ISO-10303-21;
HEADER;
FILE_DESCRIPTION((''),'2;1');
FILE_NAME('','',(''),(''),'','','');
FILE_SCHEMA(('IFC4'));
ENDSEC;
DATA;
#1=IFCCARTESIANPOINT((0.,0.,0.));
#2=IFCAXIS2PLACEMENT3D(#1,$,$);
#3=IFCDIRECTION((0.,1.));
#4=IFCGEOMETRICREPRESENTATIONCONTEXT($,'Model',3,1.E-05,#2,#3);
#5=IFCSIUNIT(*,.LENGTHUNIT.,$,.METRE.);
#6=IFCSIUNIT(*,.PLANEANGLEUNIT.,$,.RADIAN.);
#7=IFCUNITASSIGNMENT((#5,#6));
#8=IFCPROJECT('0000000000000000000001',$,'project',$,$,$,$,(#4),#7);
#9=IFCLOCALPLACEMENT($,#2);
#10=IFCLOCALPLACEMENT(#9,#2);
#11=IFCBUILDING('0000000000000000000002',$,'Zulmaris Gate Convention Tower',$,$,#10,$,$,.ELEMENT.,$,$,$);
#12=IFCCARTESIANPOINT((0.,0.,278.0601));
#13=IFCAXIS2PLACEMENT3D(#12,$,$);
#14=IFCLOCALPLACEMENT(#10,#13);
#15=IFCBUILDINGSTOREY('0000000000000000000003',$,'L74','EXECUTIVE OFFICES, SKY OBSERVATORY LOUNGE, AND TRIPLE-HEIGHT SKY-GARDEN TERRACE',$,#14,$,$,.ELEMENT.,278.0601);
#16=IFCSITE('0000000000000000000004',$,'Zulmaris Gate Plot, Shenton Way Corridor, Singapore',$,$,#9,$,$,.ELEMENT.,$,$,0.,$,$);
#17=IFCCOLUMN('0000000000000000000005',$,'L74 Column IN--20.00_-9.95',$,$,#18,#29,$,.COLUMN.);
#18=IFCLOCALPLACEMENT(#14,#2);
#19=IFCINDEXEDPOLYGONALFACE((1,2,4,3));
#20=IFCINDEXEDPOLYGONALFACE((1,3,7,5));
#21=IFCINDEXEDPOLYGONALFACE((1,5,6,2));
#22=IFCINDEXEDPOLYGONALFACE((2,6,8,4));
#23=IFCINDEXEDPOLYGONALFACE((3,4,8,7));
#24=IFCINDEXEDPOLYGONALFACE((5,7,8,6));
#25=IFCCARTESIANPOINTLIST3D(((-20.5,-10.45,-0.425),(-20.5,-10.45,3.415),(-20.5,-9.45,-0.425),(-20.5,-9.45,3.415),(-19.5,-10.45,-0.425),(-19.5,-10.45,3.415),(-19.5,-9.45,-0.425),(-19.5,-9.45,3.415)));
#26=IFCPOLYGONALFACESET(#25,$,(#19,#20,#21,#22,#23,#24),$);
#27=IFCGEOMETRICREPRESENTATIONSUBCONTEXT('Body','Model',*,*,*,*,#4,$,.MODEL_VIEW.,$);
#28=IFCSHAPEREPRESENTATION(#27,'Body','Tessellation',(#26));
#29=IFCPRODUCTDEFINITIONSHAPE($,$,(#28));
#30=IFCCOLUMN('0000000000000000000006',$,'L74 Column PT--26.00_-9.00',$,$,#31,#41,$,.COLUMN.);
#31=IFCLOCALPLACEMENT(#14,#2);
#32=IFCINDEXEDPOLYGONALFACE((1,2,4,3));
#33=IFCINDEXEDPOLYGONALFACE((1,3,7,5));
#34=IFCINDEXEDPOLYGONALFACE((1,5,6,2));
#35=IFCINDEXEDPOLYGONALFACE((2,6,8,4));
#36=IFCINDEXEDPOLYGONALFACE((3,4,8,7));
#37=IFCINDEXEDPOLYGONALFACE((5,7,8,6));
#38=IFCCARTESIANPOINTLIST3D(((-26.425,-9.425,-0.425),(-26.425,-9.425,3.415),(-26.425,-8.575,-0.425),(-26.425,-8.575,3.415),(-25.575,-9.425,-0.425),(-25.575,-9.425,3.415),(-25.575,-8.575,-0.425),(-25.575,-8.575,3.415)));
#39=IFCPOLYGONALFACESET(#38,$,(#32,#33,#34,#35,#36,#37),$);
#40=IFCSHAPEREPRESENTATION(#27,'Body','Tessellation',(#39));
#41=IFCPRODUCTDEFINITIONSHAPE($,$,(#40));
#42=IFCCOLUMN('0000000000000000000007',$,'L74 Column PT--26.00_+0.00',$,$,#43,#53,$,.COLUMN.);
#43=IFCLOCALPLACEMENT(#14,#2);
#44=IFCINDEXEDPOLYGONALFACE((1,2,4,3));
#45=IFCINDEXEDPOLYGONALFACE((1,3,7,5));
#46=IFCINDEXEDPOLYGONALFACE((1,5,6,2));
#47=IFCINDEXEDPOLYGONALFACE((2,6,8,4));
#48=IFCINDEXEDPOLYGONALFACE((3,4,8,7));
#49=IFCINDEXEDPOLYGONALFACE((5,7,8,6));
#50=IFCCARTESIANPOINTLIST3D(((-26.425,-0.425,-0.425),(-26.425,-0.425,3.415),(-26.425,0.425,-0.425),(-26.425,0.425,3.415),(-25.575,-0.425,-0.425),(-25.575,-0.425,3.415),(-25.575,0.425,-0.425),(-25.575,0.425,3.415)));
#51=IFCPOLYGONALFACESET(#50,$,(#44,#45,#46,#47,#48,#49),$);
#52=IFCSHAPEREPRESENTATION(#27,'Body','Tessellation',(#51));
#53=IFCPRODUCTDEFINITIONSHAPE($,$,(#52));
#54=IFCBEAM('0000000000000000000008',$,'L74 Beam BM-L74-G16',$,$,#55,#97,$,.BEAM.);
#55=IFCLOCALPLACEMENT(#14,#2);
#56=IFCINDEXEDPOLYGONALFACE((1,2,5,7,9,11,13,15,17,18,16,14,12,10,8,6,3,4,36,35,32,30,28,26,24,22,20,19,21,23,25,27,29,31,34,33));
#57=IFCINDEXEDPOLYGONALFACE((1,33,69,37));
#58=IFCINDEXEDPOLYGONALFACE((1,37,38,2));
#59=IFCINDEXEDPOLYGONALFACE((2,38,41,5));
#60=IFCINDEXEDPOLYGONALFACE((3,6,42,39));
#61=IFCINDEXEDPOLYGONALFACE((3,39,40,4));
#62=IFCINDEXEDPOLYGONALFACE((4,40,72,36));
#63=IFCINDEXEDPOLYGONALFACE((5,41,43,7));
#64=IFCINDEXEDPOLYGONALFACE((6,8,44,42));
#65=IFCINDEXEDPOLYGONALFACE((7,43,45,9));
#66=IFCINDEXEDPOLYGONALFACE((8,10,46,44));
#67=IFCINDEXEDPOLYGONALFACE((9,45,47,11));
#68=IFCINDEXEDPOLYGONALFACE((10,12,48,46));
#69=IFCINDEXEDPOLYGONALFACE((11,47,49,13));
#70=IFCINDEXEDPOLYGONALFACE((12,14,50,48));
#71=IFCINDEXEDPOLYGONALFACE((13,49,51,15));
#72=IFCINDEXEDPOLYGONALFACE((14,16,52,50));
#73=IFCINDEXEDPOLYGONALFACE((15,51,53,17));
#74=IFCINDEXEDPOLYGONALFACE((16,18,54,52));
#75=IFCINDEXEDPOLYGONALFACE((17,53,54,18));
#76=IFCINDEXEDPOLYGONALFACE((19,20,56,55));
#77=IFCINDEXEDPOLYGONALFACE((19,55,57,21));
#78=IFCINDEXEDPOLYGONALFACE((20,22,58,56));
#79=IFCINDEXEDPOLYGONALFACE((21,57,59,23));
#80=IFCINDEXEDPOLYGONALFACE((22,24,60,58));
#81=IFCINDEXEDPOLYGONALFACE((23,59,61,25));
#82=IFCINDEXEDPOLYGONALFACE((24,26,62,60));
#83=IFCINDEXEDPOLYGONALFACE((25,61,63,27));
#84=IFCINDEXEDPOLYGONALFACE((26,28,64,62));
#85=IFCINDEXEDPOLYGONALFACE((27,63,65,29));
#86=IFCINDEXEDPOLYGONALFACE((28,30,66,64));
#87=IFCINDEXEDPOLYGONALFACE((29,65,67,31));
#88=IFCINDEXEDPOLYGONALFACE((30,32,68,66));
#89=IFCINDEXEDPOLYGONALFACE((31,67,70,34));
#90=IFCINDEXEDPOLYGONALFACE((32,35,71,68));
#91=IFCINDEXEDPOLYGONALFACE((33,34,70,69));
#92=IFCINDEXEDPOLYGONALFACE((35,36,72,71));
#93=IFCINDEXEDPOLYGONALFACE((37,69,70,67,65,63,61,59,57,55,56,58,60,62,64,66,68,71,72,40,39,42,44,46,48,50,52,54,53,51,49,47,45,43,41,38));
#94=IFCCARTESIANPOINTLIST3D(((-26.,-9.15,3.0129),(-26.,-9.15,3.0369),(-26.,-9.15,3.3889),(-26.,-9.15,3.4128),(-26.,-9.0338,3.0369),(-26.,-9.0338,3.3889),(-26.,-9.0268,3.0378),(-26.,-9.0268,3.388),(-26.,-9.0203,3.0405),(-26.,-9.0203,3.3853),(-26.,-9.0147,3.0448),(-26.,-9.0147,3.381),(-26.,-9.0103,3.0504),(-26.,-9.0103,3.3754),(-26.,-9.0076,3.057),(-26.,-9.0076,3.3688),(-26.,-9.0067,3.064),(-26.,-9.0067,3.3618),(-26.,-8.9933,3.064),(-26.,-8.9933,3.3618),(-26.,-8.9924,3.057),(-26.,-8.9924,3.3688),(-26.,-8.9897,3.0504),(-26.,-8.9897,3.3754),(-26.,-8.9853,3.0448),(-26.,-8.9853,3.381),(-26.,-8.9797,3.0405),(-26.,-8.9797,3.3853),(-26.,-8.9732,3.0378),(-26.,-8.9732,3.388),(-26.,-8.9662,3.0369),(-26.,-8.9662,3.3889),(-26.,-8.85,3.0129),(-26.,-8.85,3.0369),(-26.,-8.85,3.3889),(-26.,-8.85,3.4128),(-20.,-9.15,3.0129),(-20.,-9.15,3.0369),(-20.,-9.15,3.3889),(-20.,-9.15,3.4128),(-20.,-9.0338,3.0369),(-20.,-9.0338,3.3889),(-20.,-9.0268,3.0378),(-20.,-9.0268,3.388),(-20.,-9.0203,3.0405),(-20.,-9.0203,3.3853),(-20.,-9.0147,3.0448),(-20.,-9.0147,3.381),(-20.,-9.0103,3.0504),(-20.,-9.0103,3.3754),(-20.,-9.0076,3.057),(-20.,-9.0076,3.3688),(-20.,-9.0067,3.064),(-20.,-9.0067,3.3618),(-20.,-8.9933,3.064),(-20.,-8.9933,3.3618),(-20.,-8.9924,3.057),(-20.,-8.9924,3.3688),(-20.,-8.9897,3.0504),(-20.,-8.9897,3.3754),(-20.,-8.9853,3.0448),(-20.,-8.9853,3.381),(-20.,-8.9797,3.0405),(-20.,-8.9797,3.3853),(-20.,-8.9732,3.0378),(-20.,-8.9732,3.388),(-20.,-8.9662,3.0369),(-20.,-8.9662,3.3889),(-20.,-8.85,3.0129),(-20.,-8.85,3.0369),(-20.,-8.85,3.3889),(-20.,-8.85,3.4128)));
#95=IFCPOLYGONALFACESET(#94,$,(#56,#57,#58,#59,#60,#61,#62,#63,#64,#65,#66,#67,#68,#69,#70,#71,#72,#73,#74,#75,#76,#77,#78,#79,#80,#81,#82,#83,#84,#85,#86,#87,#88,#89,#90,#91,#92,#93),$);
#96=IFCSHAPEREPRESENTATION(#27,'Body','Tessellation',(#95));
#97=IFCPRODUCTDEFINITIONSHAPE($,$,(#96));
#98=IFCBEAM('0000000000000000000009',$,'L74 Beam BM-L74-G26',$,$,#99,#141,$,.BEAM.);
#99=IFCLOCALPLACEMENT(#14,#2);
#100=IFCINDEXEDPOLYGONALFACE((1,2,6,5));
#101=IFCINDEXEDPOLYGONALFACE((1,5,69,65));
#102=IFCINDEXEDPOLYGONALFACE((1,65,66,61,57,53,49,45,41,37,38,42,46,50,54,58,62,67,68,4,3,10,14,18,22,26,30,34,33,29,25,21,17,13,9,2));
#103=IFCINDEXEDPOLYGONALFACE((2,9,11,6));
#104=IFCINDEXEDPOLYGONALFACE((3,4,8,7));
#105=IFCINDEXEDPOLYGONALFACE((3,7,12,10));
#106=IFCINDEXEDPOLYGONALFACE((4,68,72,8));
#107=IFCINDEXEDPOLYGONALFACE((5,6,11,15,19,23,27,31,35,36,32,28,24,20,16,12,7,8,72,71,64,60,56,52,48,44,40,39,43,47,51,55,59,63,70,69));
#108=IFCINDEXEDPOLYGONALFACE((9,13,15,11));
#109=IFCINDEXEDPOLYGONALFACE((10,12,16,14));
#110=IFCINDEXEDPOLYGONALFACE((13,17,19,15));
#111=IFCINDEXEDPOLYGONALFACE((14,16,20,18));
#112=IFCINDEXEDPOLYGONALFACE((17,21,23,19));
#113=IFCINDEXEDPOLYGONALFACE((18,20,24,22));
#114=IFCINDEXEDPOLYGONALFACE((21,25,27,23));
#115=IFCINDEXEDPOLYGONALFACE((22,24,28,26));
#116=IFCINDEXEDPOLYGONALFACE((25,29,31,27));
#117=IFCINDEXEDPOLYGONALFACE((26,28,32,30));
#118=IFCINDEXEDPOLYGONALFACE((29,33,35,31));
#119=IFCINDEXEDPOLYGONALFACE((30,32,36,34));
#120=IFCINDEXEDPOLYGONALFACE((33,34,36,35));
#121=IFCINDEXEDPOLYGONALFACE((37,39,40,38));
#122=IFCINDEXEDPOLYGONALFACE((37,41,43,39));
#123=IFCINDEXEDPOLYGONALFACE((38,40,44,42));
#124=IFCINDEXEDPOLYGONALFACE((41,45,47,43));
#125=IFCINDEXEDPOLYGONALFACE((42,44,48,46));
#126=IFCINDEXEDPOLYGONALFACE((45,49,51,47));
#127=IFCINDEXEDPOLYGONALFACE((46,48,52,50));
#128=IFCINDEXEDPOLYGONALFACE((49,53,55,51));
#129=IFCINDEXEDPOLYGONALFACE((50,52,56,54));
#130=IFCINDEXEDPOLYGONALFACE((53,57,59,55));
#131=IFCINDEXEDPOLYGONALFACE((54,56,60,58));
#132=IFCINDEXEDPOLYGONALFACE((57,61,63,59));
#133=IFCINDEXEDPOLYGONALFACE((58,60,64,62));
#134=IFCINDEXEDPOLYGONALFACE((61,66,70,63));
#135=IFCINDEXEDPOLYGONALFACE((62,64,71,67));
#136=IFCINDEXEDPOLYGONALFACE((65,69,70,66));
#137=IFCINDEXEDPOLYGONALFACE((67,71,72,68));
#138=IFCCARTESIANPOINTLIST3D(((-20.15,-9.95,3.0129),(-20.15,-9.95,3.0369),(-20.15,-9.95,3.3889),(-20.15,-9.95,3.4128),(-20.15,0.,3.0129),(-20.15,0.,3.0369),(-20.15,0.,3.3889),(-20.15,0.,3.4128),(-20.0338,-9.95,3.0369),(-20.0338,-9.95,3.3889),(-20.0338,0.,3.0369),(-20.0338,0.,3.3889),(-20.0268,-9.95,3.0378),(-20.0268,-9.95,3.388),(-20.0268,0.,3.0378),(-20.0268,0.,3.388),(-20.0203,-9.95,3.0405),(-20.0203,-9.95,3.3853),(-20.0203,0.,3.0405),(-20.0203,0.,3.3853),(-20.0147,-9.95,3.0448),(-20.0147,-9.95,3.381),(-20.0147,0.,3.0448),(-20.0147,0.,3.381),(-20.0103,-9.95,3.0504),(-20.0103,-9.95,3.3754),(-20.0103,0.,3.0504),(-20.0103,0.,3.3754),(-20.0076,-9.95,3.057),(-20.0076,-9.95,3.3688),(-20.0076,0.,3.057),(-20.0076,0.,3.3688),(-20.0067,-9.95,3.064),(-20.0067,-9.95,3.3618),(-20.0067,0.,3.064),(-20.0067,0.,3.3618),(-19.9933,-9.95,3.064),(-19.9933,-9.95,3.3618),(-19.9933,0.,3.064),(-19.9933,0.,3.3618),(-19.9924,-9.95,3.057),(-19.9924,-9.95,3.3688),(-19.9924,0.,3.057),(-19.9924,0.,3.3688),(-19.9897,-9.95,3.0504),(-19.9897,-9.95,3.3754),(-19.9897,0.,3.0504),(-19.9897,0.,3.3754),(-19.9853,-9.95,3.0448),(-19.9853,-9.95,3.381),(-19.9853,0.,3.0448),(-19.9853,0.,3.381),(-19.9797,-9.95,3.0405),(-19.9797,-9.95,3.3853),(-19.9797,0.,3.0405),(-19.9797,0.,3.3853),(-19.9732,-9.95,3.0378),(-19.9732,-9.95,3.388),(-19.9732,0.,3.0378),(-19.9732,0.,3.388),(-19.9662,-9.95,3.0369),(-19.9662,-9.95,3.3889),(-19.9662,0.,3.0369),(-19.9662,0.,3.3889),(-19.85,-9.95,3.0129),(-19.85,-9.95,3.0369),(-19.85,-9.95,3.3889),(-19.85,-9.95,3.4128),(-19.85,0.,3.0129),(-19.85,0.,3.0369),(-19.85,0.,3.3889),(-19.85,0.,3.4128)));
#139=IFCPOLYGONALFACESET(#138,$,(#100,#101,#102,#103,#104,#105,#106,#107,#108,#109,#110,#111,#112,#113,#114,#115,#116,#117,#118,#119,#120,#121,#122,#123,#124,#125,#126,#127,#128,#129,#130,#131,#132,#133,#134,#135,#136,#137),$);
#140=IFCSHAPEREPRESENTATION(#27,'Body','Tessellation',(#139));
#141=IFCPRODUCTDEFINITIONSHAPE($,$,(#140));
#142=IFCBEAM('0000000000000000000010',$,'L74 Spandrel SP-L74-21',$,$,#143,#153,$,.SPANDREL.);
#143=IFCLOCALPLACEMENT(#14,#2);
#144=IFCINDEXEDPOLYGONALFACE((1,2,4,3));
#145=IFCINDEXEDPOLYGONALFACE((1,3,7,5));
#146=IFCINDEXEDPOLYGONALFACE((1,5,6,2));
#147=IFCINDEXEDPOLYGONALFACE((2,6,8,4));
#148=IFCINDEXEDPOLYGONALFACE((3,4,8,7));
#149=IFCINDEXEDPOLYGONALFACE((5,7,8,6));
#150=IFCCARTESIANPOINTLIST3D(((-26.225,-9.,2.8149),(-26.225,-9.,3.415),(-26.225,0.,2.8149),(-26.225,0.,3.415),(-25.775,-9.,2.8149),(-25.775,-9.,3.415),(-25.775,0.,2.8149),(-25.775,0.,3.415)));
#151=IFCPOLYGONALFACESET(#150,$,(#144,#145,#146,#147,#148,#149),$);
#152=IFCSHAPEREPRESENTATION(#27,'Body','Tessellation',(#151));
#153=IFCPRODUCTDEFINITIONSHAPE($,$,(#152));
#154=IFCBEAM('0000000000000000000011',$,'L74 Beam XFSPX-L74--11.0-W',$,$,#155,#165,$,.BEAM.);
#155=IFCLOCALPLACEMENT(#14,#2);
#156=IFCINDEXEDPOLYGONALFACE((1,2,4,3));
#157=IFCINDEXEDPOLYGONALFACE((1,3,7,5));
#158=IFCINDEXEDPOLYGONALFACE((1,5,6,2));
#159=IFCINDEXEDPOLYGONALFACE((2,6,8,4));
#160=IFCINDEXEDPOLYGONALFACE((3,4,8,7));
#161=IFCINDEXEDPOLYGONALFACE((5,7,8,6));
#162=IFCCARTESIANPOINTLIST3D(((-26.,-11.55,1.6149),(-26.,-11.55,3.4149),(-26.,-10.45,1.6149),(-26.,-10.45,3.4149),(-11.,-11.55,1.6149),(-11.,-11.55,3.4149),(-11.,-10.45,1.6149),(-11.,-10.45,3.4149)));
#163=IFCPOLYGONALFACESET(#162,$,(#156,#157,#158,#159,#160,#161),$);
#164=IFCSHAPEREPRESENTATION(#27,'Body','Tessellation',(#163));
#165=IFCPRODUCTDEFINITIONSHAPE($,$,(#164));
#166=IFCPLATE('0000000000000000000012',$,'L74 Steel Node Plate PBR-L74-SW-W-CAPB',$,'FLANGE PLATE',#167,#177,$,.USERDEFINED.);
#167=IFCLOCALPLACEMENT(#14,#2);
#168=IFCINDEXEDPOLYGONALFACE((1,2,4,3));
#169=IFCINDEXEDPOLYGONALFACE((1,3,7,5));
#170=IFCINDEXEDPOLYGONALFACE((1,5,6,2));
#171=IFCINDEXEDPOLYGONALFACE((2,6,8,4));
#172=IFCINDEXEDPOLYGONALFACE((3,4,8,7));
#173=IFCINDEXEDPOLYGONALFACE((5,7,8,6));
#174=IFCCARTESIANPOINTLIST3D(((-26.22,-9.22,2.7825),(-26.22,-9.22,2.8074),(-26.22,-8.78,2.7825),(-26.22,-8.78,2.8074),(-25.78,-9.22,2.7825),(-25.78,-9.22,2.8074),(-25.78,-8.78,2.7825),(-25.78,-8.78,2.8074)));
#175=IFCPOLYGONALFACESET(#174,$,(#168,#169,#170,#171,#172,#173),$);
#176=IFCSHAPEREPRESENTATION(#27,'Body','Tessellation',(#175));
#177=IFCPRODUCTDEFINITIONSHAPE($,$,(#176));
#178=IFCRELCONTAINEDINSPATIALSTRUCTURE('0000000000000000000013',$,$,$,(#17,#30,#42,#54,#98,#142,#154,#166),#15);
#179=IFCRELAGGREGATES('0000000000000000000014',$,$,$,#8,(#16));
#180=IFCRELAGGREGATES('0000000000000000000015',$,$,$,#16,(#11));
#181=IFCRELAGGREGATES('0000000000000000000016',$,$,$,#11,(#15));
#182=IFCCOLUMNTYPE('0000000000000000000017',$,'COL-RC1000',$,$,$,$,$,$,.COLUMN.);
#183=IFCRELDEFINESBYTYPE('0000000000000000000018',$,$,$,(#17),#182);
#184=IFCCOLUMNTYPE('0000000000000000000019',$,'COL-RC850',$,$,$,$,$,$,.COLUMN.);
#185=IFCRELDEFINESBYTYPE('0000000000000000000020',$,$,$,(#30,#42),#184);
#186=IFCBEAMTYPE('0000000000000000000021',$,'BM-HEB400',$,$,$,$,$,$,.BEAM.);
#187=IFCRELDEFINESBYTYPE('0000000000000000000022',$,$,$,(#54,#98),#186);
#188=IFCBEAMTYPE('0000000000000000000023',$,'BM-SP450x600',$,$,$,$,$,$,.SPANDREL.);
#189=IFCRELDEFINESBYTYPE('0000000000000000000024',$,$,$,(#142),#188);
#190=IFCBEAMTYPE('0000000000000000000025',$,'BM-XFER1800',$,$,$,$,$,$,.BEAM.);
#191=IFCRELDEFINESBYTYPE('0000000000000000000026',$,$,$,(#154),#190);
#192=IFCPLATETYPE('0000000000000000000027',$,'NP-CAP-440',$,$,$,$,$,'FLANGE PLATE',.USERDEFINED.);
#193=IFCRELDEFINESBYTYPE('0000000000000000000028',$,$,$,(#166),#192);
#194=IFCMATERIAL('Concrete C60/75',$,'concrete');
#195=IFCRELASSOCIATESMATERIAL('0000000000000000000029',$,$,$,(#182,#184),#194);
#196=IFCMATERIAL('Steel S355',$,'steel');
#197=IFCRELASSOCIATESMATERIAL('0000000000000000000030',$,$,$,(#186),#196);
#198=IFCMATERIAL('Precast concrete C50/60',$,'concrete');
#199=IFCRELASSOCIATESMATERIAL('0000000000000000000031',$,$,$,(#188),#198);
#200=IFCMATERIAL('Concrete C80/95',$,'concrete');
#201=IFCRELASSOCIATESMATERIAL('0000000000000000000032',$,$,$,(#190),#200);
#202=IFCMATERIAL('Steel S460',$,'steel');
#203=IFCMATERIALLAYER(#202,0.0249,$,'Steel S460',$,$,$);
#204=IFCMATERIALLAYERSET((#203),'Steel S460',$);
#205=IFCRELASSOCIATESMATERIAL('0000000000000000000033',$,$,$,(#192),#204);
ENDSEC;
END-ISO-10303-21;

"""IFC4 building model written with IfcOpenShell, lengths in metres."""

from ifc_helpers import new_model, si_unit, direction, frame, origin, origin_2d, place, context, subcontext, project, spatial, rectangle, i_section, extrude, material, layer, layer_set, material_profile, profile_set, type_object, element, save


model = new_model("IFC4")

# Units and contexts
model_context = context("Model", 3, precision=1e-05, world=origin(), true_north=direction((0.0, 1.0)))
body_context = subcontext(model_context, "Body", "Model", "MODEL_VIEW")
ifc_project = project(units=[si_unit("LENGTHUNIT", "METRE"), si_unit("PLANEANGLEUNIT", "RADIAN")], contexts=[model_context])

# Site, building, storey
site_placement = place(None, origin())
site = spatial("IfcSite", under=ifc_project, at=site_placement, Name="Zulmaris Gate Plot, Shenton Way Corridor, Singapore", CompositionType="ELEMENT", RefElevation=0.0)
building_placement = place(site_placement, origin())
building = spatial("IfcBuilding", under=site, at=building_placement, Name="Zulmaris Gate Convention Tower", CompositionType="ELEMENT")
storey_placement = place(building_placement, frame((0.0, 0.0, 278.0601)))
storey = spatial("IfcBuildingStorey", under=building, at=storey_placement, Name="L74", Description="EXECUTIVE OFFICES, SKY OBSERVATORY LOUNGE, AND TRIPLE-HEIGHT SKY-GARDEN TERRACE", CompositionType="ELEMENT", Elevation=278.0601)

# Columns
ifc_material_1 = material(Name="Concrete C60/75", Category="concrete")
ifc_material_profile_1 = material_profile(ifc_material_1, rectangle(XDim=1.0, YDim=1.0, at=origin_2d()), Name="RC COL 1000x1000")
ifc_profile_set_1 = profile_set([ifc_material_profile_1], Name="Concrete C60/75")
column_type_1 = type_object("IfcColumnType", Name="COL-RC1000", PredefinedType="COLUMN", material=ifc_profile_set_1)
column_placement = place(storey_placement, frame((-20.0, -9.95, -0.425), z_axis=(0.0, 0.0, 1.0), x_axis=(1.0, 0.0, 0.0)))
element("IfcColumn", 1, at=column_placement, inside=storey, type_object=column_type_1, Name="L74 Column IN--20.00_-9.95", PredefinedType="COLUMN", context=body_context, shape_type="SweptSolid", body=[
    extrude(rectangle(XDim=1.0, YDim=1.0, at=origin_2d()), origin(), (0.0, 0.0, 1.0), 3.8401),
])
ifc_material_profile_2 = material_profile(ifc_material_1, rectangle(XDim=0.8501, YDim=0.8501, at=origin_2d()), Name="RC COL 850x850")
ifc_profile_set_2 = profile_set([ifc_material_profile_2], Name="Concrete C60/75")
column_type_2 = type_object("IfcColumnType", Name="COL-RC850", PredefinedType="COLUMN", material=ifc_profile_set_2)
for number, where, z_axis, x_axis, name in (
    (2, (-26.0, -9.0, -0.425), (0.0, 0.0, 1.0), (1.0, 0.0, 0.0), "L74 Column PT--26.00_-9.00"),
    (3, (-26.0, 0.0, -0.425), (0.0, 0.0, 1.0), (1.0, 0.0, 0.0), "L74 Column PT--26.00_+0.00"),
):
    element("IfcColumn", number, at=place(storey_placement, frame(where, z_axis=z_axis, x_axis=x_axis)), inside=storey, type_object=column_type_2, Name=name, PredefinedType="COLUMN", context=body_context, shape_type="SweptSolid", body=[
        extrude(rectangle(XDim=0.8501, YDim=0.8501, at=origin_2d()), origin(), (0.0, 0.0, 1.0), 3.8401),
    ])

# Beams
ifc_material_2 = material(Name="Steel S355", Category="steel")
ifc_material_profile_3 = material_profile(ifc_material_2, i_section(OverallWidth=0.3, OverallDepth=0.3999, WebThickness=0.0134, FlangeThickness=0.0239, FilletRadius=0.0271, at=origin_2d()), Name="HEB 400")
ifc_profile_set_3 = profile_set([ifc_material_profile_3], Name="Steel S355")
beam_type_1 = type_object("IfcBeamType", Name="BM-HEB400", PredefinedType="BEAM", material=ifc_profile_set_3)
beam_1_placement = place(storey_placement, frame((-26.0, -9.0, 3.2129), z_axis=(1.0, 0.0, 0.0), x_axis=(0.0, 1.0, 0.0)))
element("IfcBeam", 4, at=beam_1_placement, inside=storey, type_object=beam_type_1, Name="L74 Beam BM-L74-G16", PredefinedType="BEAM", context=body_context, shape_type="SweptSolid", body=[
    extrude(i_section(OverallWidth=0.3, OverallDepth=0.3999, WebThickness=0.0134, FlangeThickness=0.0239, FilletRadius=0.0271, at=origin_2d()), origin(), (0.0, 0.0, 1.0), 6.0),
])
beam_2_placement = place(storey_placement, frame((-20.0, -9.95, 3.2129), z_axis=(0.0, 1.0, 0.0), x_axis=(-1.0, 0.0, 0.0)))
element("IfcBeam", 5, at=beam_2_placement, inside=storey, type_object=beam_type_1, Name="L74 Beam BM-L74-G26", PredefinedType="BEAM", context=body_context, shape_type="SweptSolid", body=[
    extrude(i_section(OverallWidth=0.3, OverallDepth=0.3999, WebThickness=0.0134, FlangeThickness=0.0239, FilletRadius=0.0271, at=origin_2d()), origin(), (0.0, 0.0, 1.0), 9.95),
])
ifc_material_3 = material(Name="Precast concrete C50/60", Category="concrete")
ifc_material_profile_4 = material_profile(ifc_material_3, rectangle(XDim=0.45, YDim=0.6001, at=origin_2d()), Name="RC SPANDREL 450x600")
ifc_profile_set_4 = profile_set([ifc_material_profile_4], Name="Precast concrete C50/60")
beam_type_2 = type_object("IfcBeamType", Name="BM-SP450x600", PredefinedType="SPANDREL", material=ifc_profile_set_4)
beam_3_placement = place(storey_placement, frame((-26.0, 0.0, 3.115), z_axis=(0.0, -1.0, 0.0), x_axis=(1.0, 0.0, 0.0)))
element("IfcBeam", 6, at=beam_3_placement, inside=storey, type_object=beam_type_2, Name="L74 Spandrel SP-L74-21", PredefinedType="SPANDREL", context=body_context, shape_type="SweptSolid", body=[
    extrude(rectangle(XDim=0.45, YDim=0.6001, at=origin_2d()), origin(), (0.0, 0.0, 1.0), 9.0),
])
ifc_material_4 = material(Name="Concrete C80/95", Category="concrete")
ifc_material_profile_5 = material_profile(ifc_material_4, rectangle(XDim=1.1001, YDim=1.8, at=origin_2d()), Name="RC TRANSFER 1100x1800")
ifc_profile_set_5 = profile_set([ifc_material_profile_5], Name="Concrete C80/95")
beam_type_3 = type_object("IfcBeamType", Name="BM-XFER1800", PredefinedType="BEAM", material=ifc_profile_set_5)
beam_4_placement = place(storey_placement, frame((-26.0, -11.0, 2.5149), z_axis=(1.0, 0.0, 0.0), x_axis=(0.0, 1.0, 0.0)))
element("IfcBeam", 7, at=beam_4_placement, inside=storey, type_object=beam_type_3, Name="L74 Beam XFSPX-L74--11.0-W", PredefinedType="BEAM", context=body_context, shape_type="SweptSolid", body=[
    extrude(rectangle(XDim=1.1001, YDim=1.8, at=origin_2d()), origin(), (0.0, 0.0, 1.0), 15.0),
])

# Plate
ifc_material_5 = material(Name="Steel S460", Category="steel")
ifc_layer_1 = layer(ifc_material_5, 0.0249, Name="Steel S460")
ifc_layer_set_1 = layer_set([ifc_layer_1], Name="Steel S460")
plate_type = type_object("IfcPlateType", Name="NP-CAP-440", ElementType="FLANGE PLATE", PredefinedType="USERDEFINED", material=ifc_layer_set_1)
plate_placement = place(storey_placement, frame((-26.0, -9.0, 2.7825), z_axis=(0.0, 0.0, 1.0), x_axis=(1.0, 0.0, 0.0)))
element("IfcPlate", 8, at=plate_placement, inside=storey, type_object=plate_type, Name="L74 Steel Node Plate PBR-L74-SW-W-CAPB", ObjectType="FLANGE PLATE", PredefinedType="USERDEFINED", context=body_context, shape_type="SweptSolid", body=[
    extrude(rectangle(XDim=0.4399, YDim=0.4399, at=origin_2d()), origin(), (0.0, 0.0, 1.0), 0.0249),
])

save(model, "model.ifc")
